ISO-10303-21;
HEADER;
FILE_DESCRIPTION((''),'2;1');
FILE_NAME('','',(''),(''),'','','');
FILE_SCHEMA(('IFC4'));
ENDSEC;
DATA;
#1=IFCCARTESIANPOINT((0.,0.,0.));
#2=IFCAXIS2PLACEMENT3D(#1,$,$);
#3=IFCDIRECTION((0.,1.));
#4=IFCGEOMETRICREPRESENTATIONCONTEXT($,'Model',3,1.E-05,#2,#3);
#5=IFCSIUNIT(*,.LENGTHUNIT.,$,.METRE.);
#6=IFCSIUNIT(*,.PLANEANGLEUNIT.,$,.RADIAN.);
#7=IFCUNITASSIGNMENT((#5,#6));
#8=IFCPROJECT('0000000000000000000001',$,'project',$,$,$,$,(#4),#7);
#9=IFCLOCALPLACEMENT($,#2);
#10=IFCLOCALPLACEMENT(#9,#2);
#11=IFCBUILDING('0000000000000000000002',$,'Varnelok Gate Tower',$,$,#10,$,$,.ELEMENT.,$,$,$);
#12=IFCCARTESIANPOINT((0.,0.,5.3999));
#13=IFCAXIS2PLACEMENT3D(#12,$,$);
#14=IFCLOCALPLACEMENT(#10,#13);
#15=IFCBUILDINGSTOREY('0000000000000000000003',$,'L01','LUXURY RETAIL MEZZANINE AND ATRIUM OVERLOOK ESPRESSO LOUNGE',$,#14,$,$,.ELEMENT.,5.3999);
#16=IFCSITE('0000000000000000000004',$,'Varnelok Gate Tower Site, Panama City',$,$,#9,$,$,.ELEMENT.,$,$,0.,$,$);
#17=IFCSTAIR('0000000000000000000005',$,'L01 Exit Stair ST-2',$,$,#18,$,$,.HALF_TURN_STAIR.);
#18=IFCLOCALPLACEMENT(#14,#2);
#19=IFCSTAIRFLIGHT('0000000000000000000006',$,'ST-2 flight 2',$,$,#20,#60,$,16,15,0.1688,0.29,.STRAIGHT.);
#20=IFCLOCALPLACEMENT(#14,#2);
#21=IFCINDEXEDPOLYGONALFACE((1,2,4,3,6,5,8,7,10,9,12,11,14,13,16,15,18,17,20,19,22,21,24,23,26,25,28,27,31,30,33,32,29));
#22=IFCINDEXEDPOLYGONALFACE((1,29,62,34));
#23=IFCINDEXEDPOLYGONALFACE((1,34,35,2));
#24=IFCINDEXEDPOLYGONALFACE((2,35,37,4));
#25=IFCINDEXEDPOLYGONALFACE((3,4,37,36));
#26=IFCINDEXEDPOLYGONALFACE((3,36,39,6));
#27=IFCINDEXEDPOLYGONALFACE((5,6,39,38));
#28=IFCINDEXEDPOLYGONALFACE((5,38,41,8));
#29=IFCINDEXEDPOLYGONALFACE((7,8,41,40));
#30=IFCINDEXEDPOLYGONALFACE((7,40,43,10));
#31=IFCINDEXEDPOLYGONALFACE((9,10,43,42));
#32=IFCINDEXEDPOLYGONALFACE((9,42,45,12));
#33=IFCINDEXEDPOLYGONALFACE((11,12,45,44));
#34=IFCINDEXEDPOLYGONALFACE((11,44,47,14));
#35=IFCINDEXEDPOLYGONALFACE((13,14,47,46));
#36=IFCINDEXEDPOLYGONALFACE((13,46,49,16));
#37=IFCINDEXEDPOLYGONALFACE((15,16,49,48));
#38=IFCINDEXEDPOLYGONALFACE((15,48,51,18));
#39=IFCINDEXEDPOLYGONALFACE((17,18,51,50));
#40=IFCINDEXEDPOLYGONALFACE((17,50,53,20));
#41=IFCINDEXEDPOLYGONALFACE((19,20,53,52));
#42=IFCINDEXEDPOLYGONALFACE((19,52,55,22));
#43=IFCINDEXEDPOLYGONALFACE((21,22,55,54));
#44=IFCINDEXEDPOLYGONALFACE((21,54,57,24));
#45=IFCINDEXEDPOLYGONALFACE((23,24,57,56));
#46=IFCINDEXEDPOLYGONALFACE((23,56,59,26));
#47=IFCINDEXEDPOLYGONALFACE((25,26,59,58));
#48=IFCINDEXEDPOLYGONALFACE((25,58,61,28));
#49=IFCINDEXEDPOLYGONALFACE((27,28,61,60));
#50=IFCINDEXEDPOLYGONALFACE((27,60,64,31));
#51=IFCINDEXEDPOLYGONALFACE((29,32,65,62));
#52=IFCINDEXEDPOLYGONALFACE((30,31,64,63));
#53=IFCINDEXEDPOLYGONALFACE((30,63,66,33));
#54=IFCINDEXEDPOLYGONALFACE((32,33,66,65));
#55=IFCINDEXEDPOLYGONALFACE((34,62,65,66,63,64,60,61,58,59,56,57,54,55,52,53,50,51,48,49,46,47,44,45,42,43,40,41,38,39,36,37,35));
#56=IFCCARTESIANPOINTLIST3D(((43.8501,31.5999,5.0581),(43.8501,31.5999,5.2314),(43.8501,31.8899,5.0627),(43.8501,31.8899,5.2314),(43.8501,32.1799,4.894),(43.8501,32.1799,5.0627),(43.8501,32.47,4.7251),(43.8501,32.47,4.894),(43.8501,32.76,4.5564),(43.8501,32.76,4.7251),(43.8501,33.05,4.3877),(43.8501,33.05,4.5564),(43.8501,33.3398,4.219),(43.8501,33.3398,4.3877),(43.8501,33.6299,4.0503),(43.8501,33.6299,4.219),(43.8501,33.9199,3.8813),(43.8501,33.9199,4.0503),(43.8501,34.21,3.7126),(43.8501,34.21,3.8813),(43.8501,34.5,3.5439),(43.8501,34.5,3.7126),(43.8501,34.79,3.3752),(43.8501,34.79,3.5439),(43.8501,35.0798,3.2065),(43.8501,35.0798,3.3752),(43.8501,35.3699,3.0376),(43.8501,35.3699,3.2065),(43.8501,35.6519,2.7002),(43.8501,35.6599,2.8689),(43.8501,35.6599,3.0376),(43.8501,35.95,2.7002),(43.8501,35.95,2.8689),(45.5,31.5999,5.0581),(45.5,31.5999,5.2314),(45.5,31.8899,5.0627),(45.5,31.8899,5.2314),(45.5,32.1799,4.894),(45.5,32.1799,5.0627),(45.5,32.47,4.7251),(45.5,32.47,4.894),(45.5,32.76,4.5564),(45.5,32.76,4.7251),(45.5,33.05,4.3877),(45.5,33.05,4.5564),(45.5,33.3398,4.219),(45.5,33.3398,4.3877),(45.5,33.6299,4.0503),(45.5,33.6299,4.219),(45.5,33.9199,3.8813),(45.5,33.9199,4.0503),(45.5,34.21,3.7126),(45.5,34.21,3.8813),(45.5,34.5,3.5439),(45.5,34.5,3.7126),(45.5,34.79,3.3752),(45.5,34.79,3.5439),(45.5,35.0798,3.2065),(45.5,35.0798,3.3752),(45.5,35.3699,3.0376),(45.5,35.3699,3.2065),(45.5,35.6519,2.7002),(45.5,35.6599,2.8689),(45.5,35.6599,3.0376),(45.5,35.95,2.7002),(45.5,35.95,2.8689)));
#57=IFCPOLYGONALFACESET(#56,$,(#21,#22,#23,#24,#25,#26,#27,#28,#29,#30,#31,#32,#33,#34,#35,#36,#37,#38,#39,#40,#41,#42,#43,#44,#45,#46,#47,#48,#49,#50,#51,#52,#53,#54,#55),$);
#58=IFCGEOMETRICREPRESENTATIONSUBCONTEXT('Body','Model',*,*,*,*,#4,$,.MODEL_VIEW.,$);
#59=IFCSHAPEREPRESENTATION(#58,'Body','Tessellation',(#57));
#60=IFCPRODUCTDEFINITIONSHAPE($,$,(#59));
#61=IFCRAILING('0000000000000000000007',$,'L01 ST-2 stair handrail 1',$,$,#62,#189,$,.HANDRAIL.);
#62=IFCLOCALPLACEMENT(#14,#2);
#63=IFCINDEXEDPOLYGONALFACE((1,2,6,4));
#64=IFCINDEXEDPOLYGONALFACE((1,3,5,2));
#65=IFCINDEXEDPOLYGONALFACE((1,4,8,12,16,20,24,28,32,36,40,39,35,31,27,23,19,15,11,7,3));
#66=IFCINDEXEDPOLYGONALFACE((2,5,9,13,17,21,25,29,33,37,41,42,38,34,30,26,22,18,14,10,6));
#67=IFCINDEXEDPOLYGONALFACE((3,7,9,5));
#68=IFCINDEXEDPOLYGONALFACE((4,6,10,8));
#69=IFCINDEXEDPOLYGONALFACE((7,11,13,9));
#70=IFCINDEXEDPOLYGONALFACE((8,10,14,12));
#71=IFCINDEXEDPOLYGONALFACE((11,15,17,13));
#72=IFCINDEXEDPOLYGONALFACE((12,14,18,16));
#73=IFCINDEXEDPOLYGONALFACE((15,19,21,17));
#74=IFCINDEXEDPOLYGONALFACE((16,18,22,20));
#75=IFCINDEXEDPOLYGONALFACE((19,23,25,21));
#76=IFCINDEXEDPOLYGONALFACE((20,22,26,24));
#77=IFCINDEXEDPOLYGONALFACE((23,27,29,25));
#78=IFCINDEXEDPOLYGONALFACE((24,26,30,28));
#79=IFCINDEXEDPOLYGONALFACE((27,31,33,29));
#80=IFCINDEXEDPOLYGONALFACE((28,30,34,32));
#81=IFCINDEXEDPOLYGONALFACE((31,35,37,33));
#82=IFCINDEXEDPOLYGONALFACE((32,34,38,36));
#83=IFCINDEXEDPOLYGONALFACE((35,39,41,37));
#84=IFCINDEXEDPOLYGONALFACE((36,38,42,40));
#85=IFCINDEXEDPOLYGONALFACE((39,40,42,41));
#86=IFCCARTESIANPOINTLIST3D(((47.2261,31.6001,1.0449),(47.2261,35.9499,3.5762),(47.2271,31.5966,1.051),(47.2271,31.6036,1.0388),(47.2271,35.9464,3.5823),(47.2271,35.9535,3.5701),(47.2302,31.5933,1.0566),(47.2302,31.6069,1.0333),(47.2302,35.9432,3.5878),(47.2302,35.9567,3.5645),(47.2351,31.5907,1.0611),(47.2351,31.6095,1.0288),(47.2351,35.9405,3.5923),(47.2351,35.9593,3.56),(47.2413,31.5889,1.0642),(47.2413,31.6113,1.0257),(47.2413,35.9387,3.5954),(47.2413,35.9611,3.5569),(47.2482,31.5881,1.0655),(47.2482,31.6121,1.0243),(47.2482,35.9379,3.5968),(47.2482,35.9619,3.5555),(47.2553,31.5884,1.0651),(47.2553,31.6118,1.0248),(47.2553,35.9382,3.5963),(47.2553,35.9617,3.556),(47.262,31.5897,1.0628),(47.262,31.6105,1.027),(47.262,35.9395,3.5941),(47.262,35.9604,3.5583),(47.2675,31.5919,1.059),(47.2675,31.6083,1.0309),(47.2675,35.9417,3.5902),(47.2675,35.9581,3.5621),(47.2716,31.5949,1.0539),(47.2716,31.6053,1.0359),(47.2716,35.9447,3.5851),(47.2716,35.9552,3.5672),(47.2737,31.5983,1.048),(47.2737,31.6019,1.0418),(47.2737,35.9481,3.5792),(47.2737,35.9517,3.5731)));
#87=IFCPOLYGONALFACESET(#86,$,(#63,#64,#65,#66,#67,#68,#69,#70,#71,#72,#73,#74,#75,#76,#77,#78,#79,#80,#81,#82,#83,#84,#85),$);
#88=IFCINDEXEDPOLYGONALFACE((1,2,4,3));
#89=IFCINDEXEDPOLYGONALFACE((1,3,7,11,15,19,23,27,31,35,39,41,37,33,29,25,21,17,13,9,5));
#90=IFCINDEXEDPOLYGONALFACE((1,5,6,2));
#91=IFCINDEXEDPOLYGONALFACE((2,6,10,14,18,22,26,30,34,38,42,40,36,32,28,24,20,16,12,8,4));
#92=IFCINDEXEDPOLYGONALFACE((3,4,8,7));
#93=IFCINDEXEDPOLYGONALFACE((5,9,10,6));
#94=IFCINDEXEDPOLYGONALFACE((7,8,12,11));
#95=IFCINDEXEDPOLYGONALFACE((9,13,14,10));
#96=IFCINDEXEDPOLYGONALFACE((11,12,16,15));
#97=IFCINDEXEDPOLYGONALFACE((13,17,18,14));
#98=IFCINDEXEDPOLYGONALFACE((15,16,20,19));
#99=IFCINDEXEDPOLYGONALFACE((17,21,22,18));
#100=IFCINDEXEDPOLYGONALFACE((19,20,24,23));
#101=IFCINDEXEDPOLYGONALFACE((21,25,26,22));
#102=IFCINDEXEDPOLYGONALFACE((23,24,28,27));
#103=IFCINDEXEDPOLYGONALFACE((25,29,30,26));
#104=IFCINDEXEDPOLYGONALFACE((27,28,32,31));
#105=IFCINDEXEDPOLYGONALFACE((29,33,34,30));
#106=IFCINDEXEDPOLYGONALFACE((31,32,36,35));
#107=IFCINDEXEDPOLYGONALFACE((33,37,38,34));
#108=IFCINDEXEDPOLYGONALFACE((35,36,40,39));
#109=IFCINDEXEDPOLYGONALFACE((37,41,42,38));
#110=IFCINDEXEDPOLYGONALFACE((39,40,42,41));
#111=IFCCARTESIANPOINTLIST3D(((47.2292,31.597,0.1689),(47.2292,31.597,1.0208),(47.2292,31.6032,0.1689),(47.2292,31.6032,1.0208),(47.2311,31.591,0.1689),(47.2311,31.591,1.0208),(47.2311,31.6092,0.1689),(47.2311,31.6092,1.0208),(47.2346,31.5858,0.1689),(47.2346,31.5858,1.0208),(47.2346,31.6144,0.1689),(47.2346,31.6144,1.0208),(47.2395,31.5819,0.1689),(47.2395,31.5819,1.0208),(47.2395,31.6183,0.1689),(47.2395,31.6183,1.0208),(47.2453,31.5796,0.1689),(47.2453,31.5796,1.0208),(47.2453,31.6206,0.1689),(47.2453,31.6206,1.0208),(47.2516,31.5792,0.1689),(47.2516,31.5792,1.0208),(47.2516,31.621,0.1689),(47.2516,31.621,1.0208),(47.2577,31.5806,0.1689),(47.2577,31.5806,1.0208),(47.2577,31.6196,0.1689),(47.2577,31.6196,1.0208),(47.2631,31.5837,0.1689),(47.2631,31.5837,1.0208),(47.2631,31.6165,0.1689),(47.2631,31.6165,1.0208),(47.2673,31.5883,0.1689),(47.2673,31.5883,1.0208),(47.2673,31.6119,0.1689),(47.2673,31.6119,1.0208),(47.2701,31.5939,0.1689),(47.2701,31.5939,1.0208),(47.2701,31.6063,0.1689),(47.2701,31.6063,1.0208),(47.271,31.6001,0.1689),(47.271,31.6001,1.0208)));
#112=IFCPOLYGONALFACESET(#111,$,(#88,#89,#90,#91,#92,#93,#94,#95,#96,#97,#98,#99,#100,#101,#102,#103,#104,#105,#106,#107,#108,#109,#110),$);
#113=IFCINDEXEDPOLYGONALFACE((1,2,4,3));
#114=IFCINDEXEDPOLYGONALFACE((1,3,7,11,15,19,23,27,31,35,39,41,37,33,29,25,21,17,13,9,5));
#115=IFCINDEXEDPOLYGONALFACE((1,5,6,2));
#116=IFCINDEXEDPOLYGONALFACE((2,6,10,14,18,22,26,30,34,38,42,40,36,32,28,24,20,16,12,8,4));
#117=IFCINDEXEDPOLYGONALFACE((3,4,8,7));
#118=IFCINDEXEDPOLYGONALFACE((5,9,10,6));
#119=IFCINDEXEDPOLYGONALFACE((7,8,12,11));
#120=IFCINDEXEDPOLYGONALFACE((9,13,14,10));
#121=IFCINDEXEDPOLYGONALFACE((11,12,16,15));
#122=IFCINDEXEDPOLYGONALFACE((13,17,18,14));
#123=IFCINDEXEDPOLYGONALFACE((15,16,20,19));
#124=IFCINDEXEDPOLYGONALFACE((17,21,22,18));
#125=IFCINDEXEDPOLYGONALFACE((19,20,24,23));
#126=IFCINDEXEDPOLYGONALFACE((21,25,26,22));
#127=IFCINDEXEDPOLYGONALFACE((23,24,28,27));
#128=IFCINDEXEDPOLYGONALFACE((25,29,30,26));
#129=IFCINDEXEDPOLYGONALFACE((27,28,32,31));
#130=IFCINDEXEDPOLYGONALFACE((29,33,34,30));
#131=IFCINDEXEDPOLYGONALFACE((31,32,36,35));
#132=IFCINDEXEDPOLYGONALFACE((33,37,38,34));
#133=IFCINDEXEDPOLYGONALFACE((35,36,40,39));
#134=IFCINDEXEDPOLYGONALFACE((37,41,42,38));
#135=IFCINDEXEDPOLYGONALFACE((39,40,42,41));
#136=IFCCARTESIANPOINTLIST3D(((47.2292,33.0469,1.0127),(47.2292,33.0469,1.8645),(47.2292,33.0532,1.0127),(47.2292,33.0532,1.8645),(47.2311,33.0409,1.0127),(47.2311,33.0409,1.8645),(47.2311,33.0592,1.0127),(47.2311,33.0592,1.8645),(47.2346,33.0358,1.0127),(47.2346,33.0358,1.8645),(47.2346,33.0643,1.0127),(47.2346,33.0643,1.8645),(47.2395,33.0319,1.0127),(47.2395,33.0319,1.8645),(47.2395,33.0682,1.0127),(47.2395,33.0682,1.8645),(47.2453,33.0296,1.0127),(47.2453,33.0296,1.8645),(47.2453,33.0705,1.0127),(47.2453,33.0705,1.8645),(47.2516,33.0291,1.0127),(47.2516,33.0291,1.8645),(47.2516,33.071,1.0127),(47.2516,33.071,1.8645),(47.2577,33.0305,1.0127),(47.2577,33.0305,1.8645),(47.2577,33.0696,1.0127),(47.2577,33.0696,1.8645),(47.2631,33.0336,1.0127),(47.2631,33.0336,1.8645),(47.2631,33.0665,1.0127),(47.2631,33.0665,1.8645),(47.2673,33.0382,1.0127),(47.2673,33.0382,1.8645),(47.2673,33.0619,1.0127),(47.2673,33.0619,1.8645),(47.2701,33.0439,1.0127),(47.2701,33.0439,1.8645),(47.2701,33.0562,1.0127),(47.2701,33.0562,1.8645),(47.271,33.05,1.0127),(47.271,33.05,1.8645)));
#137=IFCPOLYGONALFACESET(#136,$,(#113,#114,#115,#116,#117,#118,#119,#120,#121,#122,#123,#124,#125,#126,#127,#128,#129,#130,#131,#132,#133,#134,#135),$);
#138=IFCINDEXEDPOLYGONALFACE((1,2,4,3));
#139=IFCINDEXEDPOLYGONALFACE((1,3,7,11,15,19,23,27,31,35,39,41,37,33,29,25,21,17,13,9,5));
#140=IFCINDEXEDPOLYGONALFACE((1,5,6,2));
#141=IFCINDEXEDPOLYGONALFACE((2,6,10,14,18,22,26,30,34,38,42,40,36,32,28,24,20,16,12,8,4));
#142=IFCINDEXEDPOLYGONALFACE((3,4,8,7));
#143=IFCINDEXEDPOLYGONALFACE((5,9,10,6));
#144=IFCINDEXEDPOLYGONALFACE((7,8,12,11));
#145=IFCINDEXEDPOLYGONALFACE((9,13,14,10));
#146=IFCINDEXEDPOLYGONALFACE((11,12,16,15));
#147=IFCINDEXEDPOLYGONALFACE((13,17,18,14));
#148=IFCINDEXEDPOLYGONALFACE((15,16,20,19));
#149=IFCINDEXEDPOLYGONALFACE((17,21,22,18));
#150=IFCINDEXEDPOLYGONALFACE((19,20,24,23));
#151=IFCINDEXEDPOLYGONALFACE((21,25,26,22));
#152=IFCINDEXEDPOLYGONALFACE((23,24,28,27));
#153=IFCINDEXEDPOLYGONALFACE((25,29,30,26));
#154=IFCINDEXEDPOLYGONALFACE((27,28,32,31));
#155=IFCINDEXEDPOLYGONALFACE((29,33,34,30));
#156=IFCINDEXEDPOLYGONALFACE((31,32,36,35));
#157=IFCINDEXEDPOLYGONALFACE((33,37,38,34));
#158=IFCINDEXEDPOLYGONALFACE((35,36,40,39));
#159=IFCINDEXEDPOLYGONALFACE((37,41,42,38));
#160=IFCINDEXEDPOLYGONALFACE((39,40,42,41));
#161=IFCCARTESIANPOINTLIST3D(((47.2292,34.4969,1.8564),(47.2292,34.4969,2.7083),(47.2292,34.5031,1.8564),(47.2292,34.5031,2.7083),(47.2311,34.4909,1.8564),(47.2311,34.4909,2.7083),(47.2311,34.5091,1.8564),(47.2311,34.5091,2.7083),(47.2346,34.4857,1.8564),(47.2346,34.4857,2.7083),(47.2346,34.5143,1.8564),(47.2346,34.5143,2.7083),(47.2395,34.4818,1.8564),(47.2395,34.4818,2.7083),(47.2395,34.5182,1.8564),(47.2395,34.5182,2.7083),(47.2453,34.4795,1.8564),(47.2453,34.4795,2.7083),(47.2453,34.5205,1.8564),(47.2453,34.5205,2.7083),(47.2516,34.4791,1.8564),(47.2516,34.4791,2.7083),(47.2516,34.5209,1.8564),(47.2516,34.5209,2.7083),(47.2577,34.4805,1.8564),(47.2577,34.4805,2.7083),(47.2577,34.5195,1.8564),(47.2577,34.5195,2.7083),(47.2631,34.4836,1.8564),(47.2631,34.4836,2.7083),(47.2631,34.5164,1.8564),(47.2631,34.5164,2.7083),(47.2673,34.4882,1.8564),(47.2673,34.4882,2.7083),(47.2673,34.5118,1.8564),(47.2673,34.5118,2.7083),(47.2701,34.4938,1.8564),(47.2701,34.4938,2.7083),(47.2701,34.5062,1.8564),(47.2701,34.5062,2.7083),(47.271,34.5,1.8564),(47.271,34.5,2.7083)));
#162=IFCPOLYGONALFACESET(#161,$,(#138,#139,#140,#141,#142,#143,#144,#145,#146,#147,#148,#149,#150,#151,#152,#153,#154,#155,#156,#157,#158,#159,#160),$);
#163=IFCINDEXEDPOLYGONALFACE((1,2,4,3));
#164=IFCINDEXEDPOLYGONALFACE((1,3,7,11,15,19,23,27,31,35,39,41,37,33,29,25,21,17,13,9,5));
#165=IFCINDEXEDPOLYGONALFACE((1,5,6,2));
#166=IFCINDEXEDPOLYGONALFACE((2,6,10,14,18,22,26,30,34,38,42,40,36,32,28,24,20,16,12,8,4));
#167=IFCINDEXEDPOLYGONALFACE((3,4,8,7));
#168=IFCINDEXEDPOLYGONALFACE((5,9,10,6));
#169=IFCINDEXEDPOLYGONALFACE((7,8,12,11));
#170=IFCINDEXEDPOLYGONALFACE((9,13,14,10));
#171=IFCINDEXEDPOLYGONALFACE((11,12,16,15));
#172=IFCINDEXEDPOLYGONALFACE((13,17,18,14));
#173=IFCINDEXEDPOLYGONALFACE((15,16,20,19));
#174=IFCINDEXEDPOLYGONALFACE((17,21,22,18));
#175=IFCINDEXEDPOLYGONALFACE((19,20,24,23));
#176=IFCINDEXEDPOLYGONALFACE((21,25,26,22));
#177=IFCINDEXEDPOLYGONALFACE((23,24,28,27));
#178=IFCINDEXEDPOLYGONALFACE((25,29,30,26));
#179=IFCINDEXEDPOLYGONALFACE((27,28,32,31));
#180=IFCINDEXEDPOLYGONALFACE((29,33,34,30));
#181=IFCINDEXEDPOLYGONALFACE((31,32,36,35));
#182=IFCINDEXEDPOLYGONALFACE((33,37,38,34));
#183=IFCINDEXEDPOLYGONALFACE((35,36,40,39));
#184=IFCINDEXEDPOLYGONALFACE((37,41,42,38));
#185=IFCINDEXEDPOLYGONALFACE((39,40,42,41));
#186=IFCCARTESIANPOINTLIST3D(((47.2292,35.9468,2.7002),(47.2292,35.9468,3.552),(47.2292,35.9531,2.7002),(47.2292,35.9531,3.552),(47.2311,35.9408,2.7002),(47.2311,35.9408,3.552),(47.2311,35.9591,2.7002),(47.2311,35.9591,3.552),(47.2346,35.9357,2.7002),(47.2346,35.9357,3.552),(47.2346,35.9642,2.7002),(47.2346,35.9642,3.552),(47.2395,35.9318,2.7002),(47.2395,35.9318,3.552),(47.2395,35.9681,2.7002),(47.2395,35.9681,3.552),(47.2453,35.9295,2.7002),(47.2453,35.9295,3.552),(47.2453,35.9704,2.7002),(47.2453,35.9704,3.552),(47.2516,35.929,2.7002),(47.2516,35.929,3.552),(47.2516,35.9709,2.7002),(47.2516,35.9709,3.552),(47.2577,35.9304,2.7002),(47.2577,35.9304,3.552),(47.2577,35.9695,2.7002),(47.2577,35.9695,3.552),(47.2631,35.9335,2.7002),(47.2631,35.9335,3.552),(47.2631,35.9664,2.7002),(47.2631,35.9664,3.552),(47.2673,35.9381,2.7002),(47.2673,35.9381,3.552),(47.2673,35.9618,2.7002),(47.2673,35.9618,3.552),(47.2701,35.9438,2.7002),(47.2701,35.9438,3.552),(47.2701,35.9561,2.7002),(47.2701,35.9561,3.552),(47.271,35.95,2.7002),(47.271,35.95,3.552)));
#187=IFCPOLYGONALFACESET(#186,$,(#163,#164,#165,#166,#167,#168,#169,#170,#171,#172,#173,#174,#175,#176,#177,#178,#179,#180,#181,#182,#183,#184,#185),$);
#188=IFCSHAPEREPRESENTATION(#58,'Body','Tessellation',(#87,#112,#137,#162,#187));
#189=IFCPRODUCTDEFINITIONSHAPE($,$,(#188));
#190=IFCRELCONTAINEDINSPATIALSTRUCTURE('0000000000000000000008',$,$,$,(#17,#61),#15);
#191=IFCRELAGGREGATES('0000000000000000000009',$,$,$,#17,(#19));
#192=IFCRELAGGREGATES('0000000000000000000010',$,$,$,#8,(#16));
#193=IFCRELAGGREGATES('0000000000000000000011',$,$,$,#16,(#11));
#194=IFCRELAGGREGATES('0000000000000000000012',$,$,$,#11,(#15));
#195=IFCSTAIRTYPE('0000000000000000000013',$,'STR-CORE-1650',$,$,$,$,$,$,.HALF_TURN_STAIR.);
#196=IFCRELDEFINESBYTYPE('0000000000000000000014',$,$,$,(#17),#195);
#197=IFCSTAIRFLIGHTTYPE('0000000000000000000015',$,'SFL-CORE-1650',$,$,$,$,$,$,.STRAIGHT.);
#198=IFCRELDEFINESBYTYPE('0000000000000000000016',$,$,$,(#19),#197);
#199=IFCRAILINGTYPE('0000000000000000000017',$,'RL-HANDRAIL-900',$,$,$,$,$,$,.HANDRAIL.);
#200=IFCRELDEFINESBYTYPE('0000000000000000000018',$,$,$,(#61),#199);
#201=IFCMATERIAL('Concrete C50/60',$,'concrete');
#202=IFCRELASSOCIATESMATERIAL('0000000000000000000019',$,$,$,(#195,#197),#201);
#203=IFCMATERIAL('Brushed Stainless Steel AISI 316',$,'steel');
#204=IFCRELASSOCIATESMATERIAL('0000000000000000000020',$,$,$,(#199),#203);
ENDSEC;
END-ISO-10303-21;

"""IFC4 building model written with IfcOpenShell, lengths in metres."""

from ifc_helpers import new_model, si_unit, direction, frame, origin, origin_2d, place, context, subcontext, project, spatial, polyline, circle, outline, extrude, material, type_object, element, aggregate, save


model = new_model("IFC4")

# Units and contexts
model_context = context("Model", 3, precision=1e-05, world=origin(), true_north=direction((0.0, 1.0)))
body_context = subcontext(model_context, "Body", "Model", "MODEL_VIEW")
ifc_project = project(units=[si_unit("LENGTHUNIT", "METRE"), si_unit("PLANEANGLEUNIT", "RADIAN")], contexts=[model_context])

# Site, building, storey
site_placement = place(None, origin())
site = spatial("IfcSite", under=ifc_project, at=site_placement, Name="Varnelok Gate Tower Site, Panama City", CompositionType="ELEMENT", RefElevation=0.0)
building_placement = place(site_placement, origin())
building = spatial("IfcBuilding", under=site, at=building_placement, Name="Varnelok Gate Tower", CompositionType="ELEMENT")
storey_placement = place(building_placement, frame((0.0, 0.0, 5.3999)))
storey = spatial("IfcBuildingStorey", under=building, at=storey_placement, Name="L01", Description="LUXURY RETAIL MEZZANINE AND ATRIUM OVERLOOK ESPRESSO LOUNGE", CompositionType="ELEMENT", Elevation=5.3999)

# Stair, stair flight
ifc_material_1 = material(Name="Concrete C50/60", Category="concrete")
stair_type = type_object("IfcStairType", Name="STR-CORE-1650", PredefinedType="HALF_TURN_STAIR", material=ifc_material_1)
stair_placement = place(storey_placement, origin())
stair = element("IfcStair", 1, at=stair_placement, inside=storey, type_object=stair_type, Name="L01 Exit Stair ST-2", PredefinedType="HALF_TURN_STAIR")
stair_flight_type = type_object("IfcStairFlightType", Name="SFL-CORE-1650", PredefinedType="STRAIGHT", material=ifc_material_1)
stair_flight_1_placement = place(storey_placement, frame((44.675, 35.95, 2.7002), z_axis=(0.0, 0.0, 1.0), x_axis=(0.0, -1.0, 0.0)))
stair_flight_1 = element("IfcStairFlight", 2, at=stair_flight_1_placement, type_object=stair_flight_type, Name="ST-2 flight 2", NumberOfRisers=16, NumberOfTreads=15, PredefinedType="STRAIGHT", RiserHeight=0.1688, TreadLength=0.29, context=body_context, shape_type="SweptSolid", body=[
    extrude(outline(polyline([(0.0, 0.0), (0.0, 0.1687), (0.29, 0.1687), (0.29, 0.3374), (0.5801, 0.3374), (0.5801, 0.5063), (0.8701, 0.5063), (0.8701, 0.675), (1.1599, 0.675), (1.1599, 0.8438), (1.45, 0.8438), (1.45, 1.0125), (1.74, 1.0125), (1.74, 1.1812), (2.03, 1.1812), (2.03, 1.3501), (2.3201, 1.3501), (2.3201, 1.5188), (2.6101, 1.5188), (2.6101, 1.6875), (2.8999, 1.6875), (2.8999, 1.8562), (3.1899, 1.8562), (3.1899, 2.0249), (3.48, 2.0249), (3.48, 2.1938), (3.77, 2.1938), (3.77, 2.3625), (4.0601, 2.3625), (4.0601, 2.5312), (4.3501, 2.5312), (4.3501, 2.7), (4.3501, 2.3579), (0.2981, 0.0), (0.0, 0.0)])), frame((0.0, 0.825, 0.0), z_axis=(0.0, -1.0, 0.0), x_axis=(1.0, 0.0, 0.0)), (0.0, 0.0, 1.0), 1.6499),
])
aggregate(stair, [stair_flight_1])

# Railing
ifc_material_2 = material(Name="Brushed Stainless Steel AISI 316", Category="steel")
railing_type_1 = type_object("IfcRailingType", Name="RL-HANDRAIL-900", PredefinedType="HANDRAIL", material=ifc_material_2)
railing_1_placement = place(storey_placement, frame((47.25, 31.6001, 0.1689)))
element("IfcRailing", 3, at=railing_1_placement, inside=storey, type_object=railing_type_1, Name="L01 ST-2 stair handrail 1", PredefinedType="HANDRAIL", context=body_context, shape_type="SweptSolid", body=[
    extrude(circle(Radius=0.0239, at=origin_2d()), frame((0.0, 0.0, 0.876), z_axis=(0.0, 0.864312, 0.502957), x_axis=(-1.0, 0.0, 0.0)), (0.0, 0.0, 1.0), 5.0327),
    extrude(circle(Radius=0.021, at=origin_2d()), origin(), (0.0, 0.0, 1.0), 0.8518),
    extrude(circle(Radius=0.021, at=origin_2d()), frame((0.0, 1.45, 0.8438)), (0.0, 0.0, 1.0), 0.8518),
    extrude(circle(Radius=0.021, at=origin_2d()), frame((0.0, 2.8999, 1.6875)), (0.0, 0.0, 1.0), 0.8518),
    extrude(circle(Radius=0.021, at=origin_2d()), frame((0.0, 4.3499, 2.5312)), (0.0, 0.0, 1.0), 0.8518),
])

save(model, "model.ifc")
